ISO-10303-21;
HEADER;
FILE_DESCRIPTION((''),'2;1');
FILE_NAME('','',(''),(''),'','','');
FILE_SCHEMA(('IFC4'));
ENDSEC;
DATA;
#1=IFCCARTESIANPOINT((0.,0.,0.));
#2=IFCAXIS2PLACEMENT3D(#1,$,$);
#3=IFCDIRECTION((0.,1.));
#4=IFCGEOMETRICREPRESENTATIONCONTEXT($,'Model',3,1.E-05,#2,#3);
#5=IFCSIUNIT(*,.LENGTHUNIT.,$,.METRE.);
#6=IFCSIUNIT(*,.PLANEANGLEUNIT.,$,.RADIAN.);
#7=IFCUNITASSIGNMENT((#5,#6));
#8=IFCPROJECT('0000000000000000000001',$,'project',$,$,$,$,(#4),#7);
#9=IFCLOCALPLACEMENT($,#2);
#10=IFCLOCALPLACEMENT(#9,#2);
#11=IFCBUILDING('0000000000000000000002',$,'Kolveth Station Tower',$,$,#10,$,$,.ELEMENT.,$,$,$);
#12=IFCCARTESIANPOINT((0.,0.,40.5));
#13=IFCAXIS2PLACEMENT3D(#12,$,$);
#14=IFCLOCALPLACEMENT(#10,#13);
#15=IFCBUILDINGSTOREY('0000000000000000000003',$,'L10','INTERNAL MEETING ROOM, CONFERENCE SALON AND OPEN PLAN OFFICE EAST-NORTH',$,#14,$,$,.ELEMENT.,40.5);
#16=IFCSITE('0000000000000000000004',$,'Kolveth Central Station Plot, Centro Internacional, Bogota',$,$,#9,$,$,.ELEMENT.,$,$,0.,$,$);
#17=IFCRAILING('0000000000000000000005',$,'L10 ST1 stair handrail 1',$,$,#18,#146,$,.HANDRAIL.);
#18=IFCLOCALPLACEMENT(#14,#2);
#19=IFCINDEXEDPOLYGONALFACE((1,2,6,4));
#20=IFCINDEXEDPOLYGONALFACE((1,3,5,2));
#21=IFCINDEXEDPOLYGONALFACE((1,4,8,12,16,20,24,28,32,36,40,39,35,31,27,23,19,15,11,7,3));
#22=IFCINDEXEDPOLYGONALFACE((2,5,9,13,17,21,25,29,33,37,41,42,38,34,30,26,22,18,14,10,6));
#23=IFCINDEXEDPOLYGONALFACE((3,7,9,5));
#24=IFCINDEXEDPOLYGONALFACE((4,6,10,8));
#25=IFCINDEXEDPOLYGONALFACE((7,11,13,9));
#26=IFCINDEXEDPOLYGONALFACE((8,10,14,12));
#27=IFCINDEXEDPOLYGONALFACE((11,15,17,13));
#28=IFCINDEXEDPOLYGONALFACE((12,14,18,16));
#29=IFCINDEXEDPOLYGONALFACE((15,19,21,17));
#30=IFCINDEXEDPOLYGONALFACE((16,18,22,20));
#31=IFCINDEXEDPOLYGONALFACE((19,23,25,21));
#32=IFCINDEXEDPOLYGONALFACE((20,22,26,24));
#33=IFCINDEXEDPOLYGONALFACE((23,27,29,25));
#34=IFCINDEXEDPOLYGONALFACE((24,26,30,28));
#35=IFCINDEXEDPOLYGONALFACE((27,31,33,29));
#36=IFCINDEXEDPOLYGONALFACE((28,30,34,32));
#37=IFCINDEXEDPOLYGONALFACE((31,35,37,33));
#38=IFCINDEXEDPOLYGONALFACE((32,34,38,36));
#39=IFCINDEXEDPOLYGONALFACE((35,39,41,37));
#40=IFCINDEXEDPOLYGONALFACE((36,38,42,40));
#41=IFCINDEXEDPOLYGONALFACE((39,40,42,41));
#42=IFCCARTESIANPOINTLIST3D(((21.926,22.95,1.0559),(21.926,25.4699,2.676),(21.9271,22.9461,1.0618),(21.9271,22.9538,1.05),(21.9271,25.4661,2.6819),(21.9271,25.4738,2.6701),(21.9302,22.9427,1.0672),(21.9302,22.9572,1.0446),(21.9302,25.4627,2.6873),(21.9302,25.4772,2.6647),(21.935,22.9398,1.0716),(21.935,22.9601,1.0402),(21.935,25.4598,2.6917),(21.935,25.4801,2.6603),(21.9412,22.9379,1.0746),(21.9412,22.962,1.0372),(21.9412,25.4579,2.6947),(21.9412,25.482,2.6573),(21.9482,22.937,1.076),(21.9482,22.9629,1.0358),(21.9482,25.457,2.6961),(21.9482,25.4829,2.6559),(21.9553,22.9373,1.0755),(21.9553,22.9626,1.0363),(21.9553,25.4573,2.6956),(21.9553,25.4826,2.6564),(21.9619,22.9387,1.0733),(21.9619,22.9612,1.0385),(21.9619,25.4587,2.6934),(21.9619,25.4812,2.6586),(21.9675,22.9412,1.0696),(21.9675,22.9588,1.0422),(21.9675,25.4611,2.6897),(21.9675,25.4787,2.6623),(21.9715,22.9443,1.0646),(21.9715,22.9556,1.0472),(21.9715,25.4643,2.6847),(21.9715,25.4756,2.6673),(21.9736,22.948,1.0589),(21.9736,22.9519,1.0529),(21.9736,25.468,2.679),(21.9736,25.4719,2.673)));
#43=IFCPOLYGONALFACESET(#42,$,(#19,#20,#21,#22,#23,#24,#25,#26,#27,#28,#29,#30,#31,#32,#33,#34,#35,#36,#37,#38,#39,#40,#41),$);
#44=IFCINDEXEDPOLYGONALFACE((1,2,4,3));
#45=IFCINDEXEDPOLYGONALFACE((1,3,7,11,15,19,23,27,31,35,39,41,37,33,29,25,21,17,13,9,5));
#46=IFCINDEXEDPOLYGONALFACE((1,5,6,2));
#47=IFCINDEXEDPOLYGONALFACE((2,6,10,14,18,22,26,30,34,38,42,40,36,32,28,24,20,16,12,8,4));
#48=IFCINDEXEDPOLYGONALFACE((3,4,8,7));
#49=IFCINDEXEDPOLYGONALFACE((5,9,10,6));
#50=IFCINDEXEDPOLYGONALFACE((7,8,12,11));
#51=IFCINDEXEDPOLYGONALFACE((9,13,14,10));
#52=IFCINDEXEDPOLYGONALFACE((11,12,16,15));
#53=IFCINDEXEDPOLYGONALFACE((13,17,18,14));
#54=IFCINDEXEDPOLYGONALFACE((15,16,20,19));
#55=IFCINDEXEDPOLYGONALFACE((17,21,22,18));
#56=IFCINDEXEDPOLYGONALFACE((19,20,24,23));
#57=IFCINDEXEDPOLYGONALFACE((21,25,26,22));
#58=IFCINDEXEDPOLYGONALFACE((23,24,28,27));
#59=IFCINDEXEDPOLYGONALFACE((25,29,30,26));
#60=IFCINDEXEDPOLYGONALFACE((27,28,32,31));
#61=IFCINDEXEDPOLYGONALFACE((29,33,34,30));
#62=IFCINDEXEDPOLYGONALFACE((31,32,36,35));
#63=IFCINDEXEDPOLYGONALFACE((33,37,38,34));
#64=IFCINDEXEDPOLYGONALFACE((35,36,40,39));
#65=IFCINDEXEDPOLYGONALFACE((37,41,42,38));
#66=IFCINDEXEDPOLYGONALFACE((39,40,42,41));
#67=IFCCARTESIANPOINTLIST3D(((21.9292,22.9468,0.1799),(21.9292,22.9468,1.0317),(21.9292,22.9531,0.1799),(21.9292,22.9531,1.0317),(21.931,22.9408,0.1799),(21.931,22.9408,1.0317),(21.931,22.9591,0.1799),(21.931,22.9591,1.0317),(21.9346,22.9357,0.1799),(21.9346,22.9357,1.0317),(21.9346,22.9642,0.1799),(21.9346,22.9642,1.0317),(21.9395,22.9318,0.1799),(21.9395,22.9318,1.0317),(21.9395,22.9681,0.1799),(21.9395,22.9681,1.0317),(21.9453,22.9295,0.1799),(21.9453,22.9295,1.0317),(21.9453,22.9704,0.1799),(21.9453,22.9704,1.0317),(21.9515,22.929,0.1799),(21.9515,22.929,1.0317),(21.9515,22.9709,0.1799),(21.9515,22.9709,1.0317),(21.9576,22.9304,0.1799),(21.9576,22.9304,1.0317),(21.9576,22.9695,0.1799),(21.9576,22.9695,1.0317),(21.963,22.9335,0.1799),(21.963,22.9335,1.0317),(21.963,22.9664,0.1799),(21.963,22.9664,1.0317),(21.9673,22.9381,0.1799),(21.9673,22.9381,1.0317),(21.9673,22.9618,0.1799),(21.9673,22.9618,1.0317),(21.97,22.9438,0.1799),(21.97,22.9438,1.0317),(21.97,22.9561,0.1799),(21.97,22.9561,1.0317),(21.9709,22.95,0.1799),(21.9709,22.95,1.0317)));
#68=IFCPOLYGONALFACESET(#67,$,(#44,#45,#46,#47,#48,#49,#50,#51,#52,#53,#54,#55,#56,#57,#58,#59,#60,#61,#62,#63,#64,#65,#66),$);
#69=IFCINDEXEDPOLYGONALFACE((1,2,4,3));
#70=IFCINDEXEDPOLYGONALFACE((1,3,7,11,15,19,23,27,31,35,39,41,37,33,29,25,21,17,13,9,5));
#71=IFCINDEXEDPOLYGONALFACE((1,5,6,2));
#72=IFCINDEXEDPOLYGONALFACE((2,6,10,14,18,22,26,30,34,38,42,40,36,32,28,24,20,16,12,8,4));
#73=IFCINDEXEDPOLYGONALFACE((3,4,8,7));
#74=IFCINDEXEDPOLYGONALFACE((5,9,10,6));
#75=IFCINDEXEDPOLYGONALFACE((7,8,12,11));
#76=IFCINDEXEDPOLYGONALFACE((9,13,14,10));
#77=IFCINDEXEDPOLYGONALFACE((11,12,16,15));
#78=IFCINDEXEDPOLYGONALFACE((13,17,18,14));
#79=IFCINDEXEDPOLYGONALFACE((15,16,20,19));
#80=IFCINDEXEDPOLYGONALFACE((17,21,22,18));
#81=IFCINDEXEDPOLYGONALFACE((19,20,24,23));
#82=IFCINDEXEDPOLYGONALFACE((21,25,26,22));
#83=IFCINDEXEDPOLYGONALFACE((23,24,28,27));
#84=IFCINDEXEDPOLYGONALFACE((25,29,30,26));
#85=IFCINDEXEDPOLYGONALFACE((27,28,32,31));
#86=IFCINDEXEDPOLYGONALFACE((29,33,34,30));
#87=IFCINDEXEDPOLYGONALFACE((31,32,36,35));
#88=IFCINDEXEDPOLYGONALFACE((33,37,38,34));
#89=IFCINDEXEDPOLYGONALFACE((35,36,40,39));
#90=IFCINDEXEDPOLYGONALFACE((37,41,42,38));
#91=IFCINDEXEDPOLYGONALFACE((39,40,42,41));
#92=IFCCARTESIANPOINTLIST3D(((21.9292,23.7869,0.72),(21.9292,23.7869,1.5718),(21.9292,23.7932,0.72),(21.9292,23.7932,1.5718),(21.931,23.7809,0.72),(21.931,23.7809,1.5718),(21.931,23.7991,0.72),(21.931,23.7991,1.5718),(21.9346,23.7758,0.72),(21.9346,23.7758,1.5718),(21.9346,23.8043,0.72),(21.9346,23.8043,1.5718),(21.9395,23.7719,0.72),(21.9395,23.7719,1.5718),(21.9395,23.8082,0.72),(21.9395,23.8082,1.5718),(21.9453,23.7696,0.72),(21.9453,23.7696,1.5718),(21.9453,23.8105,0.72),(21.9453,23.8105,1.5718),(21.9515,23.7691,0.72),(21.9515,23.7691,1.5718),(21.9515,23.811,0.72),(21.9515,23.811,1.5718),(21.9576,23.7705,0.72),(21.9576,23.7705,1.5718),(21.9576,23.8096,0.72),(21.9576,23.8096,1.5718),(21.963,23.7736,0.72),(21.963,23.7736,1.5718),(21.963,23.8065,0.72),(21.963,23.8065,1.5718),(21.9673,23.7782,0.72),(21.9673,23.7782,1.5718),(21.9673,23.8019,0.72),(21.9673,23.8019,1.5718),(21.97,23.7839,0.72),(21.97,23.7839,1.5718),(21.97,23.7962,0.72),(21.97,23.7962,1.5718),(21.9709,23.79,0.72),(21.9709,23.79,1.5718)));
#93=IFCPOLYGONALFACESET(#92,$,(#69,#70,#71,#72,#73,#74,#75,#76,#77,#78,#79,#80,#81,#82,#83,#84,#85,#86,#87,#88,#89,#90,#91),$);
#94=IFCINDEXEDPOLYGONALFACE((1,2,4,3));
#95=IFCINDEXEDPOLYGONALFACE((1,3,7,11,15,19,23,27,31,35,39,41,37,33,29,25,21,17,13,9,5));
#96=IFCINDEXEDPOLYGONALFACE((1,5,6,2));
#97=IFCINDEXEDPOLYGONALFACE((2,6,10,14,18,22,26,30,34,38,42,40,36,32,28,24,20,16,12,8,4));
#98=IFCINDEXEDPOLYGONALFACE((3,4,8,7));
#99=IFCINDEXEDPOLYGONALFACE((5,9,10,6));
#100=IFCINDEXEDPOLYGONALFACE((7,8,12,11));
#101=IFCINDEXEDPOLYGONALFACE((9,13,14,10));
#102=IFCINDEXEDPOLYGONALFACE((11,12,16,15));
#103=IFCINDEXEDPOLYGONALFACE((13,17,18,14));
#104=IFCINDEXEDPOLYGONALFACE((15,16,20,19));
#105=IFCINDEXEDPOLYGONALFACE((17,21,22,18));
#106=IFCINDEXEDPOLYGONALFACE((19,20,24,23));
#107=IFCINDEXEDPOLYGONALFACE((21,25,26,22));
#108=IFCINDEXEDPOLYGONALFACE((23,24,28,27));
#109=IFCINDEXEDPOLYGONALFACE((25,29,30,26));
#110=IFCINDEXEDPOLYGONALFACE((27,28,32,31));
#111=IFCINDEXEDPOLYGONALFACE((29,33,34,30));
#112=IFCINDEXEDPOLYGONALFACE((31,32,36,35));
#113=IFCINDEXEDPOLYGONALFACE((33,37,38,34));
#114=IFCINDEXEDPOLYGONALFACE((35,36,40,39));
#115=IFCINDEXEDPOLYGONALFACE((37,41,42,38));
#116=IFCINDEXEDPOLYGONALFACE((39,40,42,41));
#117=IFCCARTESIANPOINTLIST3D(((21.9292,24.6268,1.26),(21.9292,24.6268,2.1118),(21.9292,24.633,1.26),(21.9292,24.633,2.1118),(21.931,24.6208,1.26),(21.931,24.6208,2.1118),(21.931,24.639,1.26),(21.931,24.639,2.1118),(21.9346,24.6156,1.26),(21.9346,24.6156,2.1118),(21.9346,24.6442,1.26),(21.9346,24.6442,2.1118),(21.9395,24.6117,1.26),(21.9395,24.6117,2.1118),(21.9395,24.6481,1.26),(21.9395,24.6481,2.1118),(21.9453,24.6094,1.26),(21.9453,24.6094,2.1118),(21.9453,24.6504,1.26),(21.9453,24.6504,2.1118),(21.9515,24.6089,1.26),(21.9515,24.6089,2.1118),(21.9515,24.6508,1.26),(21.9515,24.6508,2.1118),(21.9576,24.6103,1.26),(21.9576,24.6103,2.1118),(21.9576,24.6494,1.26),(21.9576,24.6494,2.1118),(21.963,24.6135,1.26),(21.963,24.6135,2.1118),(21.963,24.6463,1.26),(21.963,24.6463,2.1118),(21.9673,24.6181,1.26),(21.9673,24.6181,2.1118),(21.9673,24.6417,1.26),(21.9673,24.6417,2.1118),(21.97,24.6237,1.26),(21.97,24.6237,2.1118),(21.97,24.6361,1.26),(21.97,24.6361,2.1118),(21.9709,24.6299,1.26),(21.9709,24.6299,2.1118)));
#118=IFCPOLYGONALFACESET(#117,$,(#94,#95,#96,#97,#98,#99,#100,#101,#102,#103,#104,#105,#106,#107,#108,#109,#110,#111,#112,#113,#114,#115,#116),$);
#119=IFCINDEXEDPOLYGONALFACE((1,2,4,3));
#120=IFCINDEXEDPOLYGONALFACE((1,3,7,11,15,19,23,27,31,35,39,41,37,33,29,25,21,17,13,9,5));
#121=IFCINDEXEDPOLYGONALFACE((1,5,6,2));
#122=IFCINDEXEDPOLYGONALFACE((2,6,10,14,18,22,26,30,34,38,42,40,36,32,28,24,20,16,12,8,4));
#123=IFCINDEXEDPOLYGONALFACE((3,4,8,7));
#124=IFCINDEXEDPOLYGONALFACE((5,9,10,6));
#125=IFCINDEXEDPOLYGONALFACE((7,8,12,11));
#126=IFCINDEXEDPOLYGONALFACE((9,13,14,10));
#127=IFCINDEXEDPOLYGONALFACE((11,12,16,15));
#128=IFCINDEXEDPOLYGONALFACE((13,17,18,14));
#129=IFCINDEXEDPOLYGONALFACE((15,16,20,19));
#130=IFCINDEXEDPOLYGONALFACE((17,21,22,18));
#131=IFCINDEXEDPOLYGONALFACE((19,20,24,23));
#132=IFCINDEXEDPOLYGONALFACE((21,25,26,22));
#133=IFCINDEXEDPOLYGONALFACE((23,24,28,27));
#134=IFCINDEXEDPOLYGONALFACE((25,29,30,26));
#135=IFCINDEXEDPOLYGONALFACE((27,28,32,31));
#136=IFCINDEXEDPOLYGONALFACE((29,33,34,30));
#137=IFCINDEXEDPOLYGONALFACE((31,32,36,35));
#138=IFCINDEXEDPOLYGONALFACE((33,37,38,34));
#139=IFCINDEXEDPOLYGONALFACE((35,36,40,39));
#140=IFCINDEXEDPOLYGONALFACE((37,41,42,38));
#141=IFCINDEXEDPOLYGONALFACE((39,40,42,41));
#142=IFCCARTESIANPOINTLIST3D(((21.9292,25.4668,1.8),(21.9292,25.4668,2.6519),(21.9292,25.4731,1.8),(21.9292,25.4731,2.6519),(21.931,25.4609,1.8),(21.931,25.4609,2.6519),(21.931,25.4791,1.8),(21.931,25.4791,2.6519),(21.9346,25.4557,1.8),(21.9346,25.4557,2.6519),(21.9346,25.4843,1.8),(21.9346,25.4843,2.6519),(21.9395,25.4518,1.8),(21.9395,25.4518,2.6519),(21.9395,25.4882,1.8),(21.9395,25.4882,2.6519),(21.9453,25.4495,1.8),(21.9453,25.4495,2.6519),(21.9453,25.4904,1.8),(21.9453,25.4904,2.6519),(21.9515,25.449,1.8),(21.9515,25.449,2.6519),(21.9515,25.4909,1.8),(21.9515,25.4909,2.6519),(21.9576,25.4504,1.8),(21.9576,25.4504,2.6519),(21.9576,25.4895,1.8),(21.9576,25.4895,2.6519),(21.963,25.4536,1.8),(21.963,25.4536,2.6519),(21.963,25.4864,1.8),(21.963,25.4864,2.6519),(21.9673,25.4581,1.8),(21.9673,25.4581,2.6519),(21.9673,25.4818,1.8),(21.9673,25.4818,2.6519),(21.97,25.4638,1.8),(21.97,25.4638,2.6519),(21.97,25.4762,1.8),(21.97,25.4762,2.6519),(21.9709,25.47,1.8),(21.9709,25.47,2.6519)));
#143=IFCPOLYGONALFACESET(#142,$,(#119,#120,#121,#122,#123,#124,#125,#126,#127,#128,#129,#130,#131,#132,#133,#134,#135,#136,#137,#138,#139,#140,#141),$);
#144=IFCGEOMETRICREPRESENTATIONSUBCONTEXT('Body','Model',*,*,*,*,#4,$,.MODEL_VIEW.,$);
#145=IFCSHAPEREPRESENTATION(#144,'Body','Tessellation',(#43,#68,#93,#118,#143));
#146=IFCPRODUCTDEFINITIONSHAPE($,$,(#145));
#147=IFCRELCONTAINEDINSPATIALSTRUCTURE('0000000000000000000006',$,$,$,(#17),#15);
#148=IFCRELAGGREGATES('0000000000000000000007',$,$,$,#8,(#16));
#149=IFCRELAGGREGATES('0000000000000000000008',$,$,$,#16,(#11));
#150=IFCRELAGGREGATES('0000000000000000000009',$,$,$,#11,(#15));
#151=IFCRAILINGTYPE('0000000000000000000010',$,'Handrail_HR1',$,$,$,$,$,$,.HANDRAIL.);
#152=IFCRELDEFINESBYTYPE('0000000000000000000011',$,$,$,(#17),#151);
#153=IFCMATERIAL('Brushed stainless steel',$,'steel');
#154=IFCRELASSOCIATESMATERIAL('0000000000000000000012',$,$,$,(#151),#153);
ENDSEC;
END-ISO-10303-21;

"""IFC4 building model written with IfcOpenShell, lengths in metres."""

from ifc_helpers import new_model, si_unit, direction, frame, origin, origin_2d, place, context, subcontext, project, spatial, circle, extrude, material, type_object, element, save


model = new_model("IFC4")

# Units and contexts
model_context = context("Model", 3, precision=1e-05, world=origin(), true_north=direction((0.0, 1.0)))
body_context = subcontext(model_context, "Body", "Model", "MODEL_VIEW")
ifc_project = project(units=[si_unit("LENGTHUNIT", "METRE"), si_unit("PLANEANGLEUNIT", "RADIAN")], contexts=[model_context])

# Site, building, storey
site_placement = place(None, origin())
site = spatial("IfcSite", under=ifc_project, at=site_placement, Name="Kolveth Central Station Plot, Centro Internacional, Bogota", CompositionType="ELEMENT", RefElevation=0.0)
building_placement = place(site_placement, origin())
building = spatial("IfcBuilding", under=site, at=building_placement, Name="Kolveth Station Tower", CompositionType="ELEMENT")
storey_placement = place(building_placement, frame((0.0, 0.0, 40.5)))
storey = spatial("IfcBuildingStorey", under=building, at=storey_placement, Name="L10", Description="INTERNAL MEETING ROOM, CONFERENCE SALON AND OPEN PLAN OFFICE EAST-NORTH", CompositionType="ELEMENT", Elevation=40.5)

# Railing
ifc_material_1 = material(Name="Brushed stainless steel", Category="steel")
railing_type_1 = type_object("IfcRailingType", Name="Handrail_HR1", PredefinedType="HANDRAIL", material=ifc_material_1)
railing_1_placement = place(storey_placement, frame((21.95, 22.95, 0.1799)))
element("IfcRailing", 1, at=railing_1_placement, inside=storey, type_object=railing_type_1, Name="L10 ST1 stair handrail 1", PredefinedType="HANDRAIL", context=body_context, shape_type="SweptSolid", body=[
    extrude(circle(Radius=0.0239, at=origin_2d()), frame((0.0, 0.0, 0.876), z_axis=(0.0, 0.841163, 0.540782), x_axis=(-1.0, 0.0, 0.0)), (0.0, 0.0, 1.0), 2.9958),
    extrude(circle(Radius=0.021, at=origin_2d()), origin(), (0.0, 0.0, 1.0), 0.8518),
    extrude(circle(Radius=0.021, at=origin_2d()), frame((0.0, 0.8401, 0.54)), (0.0, 0.0, 1.0), 0.8518),
    extrude(circle(Radius=0.021, at=origin_2d()), frame((0.0, 1.6799, 1.0801)), (0.0, 0.0, 1.0), 0.8518),
    extrude(circle(Radius=0.021, at=origin_2d()), frame((0.0, 2.52, 1.6201)), (0.0, 0.0, 1.0), 0.8518),
])

save(model, "model.ifc")
